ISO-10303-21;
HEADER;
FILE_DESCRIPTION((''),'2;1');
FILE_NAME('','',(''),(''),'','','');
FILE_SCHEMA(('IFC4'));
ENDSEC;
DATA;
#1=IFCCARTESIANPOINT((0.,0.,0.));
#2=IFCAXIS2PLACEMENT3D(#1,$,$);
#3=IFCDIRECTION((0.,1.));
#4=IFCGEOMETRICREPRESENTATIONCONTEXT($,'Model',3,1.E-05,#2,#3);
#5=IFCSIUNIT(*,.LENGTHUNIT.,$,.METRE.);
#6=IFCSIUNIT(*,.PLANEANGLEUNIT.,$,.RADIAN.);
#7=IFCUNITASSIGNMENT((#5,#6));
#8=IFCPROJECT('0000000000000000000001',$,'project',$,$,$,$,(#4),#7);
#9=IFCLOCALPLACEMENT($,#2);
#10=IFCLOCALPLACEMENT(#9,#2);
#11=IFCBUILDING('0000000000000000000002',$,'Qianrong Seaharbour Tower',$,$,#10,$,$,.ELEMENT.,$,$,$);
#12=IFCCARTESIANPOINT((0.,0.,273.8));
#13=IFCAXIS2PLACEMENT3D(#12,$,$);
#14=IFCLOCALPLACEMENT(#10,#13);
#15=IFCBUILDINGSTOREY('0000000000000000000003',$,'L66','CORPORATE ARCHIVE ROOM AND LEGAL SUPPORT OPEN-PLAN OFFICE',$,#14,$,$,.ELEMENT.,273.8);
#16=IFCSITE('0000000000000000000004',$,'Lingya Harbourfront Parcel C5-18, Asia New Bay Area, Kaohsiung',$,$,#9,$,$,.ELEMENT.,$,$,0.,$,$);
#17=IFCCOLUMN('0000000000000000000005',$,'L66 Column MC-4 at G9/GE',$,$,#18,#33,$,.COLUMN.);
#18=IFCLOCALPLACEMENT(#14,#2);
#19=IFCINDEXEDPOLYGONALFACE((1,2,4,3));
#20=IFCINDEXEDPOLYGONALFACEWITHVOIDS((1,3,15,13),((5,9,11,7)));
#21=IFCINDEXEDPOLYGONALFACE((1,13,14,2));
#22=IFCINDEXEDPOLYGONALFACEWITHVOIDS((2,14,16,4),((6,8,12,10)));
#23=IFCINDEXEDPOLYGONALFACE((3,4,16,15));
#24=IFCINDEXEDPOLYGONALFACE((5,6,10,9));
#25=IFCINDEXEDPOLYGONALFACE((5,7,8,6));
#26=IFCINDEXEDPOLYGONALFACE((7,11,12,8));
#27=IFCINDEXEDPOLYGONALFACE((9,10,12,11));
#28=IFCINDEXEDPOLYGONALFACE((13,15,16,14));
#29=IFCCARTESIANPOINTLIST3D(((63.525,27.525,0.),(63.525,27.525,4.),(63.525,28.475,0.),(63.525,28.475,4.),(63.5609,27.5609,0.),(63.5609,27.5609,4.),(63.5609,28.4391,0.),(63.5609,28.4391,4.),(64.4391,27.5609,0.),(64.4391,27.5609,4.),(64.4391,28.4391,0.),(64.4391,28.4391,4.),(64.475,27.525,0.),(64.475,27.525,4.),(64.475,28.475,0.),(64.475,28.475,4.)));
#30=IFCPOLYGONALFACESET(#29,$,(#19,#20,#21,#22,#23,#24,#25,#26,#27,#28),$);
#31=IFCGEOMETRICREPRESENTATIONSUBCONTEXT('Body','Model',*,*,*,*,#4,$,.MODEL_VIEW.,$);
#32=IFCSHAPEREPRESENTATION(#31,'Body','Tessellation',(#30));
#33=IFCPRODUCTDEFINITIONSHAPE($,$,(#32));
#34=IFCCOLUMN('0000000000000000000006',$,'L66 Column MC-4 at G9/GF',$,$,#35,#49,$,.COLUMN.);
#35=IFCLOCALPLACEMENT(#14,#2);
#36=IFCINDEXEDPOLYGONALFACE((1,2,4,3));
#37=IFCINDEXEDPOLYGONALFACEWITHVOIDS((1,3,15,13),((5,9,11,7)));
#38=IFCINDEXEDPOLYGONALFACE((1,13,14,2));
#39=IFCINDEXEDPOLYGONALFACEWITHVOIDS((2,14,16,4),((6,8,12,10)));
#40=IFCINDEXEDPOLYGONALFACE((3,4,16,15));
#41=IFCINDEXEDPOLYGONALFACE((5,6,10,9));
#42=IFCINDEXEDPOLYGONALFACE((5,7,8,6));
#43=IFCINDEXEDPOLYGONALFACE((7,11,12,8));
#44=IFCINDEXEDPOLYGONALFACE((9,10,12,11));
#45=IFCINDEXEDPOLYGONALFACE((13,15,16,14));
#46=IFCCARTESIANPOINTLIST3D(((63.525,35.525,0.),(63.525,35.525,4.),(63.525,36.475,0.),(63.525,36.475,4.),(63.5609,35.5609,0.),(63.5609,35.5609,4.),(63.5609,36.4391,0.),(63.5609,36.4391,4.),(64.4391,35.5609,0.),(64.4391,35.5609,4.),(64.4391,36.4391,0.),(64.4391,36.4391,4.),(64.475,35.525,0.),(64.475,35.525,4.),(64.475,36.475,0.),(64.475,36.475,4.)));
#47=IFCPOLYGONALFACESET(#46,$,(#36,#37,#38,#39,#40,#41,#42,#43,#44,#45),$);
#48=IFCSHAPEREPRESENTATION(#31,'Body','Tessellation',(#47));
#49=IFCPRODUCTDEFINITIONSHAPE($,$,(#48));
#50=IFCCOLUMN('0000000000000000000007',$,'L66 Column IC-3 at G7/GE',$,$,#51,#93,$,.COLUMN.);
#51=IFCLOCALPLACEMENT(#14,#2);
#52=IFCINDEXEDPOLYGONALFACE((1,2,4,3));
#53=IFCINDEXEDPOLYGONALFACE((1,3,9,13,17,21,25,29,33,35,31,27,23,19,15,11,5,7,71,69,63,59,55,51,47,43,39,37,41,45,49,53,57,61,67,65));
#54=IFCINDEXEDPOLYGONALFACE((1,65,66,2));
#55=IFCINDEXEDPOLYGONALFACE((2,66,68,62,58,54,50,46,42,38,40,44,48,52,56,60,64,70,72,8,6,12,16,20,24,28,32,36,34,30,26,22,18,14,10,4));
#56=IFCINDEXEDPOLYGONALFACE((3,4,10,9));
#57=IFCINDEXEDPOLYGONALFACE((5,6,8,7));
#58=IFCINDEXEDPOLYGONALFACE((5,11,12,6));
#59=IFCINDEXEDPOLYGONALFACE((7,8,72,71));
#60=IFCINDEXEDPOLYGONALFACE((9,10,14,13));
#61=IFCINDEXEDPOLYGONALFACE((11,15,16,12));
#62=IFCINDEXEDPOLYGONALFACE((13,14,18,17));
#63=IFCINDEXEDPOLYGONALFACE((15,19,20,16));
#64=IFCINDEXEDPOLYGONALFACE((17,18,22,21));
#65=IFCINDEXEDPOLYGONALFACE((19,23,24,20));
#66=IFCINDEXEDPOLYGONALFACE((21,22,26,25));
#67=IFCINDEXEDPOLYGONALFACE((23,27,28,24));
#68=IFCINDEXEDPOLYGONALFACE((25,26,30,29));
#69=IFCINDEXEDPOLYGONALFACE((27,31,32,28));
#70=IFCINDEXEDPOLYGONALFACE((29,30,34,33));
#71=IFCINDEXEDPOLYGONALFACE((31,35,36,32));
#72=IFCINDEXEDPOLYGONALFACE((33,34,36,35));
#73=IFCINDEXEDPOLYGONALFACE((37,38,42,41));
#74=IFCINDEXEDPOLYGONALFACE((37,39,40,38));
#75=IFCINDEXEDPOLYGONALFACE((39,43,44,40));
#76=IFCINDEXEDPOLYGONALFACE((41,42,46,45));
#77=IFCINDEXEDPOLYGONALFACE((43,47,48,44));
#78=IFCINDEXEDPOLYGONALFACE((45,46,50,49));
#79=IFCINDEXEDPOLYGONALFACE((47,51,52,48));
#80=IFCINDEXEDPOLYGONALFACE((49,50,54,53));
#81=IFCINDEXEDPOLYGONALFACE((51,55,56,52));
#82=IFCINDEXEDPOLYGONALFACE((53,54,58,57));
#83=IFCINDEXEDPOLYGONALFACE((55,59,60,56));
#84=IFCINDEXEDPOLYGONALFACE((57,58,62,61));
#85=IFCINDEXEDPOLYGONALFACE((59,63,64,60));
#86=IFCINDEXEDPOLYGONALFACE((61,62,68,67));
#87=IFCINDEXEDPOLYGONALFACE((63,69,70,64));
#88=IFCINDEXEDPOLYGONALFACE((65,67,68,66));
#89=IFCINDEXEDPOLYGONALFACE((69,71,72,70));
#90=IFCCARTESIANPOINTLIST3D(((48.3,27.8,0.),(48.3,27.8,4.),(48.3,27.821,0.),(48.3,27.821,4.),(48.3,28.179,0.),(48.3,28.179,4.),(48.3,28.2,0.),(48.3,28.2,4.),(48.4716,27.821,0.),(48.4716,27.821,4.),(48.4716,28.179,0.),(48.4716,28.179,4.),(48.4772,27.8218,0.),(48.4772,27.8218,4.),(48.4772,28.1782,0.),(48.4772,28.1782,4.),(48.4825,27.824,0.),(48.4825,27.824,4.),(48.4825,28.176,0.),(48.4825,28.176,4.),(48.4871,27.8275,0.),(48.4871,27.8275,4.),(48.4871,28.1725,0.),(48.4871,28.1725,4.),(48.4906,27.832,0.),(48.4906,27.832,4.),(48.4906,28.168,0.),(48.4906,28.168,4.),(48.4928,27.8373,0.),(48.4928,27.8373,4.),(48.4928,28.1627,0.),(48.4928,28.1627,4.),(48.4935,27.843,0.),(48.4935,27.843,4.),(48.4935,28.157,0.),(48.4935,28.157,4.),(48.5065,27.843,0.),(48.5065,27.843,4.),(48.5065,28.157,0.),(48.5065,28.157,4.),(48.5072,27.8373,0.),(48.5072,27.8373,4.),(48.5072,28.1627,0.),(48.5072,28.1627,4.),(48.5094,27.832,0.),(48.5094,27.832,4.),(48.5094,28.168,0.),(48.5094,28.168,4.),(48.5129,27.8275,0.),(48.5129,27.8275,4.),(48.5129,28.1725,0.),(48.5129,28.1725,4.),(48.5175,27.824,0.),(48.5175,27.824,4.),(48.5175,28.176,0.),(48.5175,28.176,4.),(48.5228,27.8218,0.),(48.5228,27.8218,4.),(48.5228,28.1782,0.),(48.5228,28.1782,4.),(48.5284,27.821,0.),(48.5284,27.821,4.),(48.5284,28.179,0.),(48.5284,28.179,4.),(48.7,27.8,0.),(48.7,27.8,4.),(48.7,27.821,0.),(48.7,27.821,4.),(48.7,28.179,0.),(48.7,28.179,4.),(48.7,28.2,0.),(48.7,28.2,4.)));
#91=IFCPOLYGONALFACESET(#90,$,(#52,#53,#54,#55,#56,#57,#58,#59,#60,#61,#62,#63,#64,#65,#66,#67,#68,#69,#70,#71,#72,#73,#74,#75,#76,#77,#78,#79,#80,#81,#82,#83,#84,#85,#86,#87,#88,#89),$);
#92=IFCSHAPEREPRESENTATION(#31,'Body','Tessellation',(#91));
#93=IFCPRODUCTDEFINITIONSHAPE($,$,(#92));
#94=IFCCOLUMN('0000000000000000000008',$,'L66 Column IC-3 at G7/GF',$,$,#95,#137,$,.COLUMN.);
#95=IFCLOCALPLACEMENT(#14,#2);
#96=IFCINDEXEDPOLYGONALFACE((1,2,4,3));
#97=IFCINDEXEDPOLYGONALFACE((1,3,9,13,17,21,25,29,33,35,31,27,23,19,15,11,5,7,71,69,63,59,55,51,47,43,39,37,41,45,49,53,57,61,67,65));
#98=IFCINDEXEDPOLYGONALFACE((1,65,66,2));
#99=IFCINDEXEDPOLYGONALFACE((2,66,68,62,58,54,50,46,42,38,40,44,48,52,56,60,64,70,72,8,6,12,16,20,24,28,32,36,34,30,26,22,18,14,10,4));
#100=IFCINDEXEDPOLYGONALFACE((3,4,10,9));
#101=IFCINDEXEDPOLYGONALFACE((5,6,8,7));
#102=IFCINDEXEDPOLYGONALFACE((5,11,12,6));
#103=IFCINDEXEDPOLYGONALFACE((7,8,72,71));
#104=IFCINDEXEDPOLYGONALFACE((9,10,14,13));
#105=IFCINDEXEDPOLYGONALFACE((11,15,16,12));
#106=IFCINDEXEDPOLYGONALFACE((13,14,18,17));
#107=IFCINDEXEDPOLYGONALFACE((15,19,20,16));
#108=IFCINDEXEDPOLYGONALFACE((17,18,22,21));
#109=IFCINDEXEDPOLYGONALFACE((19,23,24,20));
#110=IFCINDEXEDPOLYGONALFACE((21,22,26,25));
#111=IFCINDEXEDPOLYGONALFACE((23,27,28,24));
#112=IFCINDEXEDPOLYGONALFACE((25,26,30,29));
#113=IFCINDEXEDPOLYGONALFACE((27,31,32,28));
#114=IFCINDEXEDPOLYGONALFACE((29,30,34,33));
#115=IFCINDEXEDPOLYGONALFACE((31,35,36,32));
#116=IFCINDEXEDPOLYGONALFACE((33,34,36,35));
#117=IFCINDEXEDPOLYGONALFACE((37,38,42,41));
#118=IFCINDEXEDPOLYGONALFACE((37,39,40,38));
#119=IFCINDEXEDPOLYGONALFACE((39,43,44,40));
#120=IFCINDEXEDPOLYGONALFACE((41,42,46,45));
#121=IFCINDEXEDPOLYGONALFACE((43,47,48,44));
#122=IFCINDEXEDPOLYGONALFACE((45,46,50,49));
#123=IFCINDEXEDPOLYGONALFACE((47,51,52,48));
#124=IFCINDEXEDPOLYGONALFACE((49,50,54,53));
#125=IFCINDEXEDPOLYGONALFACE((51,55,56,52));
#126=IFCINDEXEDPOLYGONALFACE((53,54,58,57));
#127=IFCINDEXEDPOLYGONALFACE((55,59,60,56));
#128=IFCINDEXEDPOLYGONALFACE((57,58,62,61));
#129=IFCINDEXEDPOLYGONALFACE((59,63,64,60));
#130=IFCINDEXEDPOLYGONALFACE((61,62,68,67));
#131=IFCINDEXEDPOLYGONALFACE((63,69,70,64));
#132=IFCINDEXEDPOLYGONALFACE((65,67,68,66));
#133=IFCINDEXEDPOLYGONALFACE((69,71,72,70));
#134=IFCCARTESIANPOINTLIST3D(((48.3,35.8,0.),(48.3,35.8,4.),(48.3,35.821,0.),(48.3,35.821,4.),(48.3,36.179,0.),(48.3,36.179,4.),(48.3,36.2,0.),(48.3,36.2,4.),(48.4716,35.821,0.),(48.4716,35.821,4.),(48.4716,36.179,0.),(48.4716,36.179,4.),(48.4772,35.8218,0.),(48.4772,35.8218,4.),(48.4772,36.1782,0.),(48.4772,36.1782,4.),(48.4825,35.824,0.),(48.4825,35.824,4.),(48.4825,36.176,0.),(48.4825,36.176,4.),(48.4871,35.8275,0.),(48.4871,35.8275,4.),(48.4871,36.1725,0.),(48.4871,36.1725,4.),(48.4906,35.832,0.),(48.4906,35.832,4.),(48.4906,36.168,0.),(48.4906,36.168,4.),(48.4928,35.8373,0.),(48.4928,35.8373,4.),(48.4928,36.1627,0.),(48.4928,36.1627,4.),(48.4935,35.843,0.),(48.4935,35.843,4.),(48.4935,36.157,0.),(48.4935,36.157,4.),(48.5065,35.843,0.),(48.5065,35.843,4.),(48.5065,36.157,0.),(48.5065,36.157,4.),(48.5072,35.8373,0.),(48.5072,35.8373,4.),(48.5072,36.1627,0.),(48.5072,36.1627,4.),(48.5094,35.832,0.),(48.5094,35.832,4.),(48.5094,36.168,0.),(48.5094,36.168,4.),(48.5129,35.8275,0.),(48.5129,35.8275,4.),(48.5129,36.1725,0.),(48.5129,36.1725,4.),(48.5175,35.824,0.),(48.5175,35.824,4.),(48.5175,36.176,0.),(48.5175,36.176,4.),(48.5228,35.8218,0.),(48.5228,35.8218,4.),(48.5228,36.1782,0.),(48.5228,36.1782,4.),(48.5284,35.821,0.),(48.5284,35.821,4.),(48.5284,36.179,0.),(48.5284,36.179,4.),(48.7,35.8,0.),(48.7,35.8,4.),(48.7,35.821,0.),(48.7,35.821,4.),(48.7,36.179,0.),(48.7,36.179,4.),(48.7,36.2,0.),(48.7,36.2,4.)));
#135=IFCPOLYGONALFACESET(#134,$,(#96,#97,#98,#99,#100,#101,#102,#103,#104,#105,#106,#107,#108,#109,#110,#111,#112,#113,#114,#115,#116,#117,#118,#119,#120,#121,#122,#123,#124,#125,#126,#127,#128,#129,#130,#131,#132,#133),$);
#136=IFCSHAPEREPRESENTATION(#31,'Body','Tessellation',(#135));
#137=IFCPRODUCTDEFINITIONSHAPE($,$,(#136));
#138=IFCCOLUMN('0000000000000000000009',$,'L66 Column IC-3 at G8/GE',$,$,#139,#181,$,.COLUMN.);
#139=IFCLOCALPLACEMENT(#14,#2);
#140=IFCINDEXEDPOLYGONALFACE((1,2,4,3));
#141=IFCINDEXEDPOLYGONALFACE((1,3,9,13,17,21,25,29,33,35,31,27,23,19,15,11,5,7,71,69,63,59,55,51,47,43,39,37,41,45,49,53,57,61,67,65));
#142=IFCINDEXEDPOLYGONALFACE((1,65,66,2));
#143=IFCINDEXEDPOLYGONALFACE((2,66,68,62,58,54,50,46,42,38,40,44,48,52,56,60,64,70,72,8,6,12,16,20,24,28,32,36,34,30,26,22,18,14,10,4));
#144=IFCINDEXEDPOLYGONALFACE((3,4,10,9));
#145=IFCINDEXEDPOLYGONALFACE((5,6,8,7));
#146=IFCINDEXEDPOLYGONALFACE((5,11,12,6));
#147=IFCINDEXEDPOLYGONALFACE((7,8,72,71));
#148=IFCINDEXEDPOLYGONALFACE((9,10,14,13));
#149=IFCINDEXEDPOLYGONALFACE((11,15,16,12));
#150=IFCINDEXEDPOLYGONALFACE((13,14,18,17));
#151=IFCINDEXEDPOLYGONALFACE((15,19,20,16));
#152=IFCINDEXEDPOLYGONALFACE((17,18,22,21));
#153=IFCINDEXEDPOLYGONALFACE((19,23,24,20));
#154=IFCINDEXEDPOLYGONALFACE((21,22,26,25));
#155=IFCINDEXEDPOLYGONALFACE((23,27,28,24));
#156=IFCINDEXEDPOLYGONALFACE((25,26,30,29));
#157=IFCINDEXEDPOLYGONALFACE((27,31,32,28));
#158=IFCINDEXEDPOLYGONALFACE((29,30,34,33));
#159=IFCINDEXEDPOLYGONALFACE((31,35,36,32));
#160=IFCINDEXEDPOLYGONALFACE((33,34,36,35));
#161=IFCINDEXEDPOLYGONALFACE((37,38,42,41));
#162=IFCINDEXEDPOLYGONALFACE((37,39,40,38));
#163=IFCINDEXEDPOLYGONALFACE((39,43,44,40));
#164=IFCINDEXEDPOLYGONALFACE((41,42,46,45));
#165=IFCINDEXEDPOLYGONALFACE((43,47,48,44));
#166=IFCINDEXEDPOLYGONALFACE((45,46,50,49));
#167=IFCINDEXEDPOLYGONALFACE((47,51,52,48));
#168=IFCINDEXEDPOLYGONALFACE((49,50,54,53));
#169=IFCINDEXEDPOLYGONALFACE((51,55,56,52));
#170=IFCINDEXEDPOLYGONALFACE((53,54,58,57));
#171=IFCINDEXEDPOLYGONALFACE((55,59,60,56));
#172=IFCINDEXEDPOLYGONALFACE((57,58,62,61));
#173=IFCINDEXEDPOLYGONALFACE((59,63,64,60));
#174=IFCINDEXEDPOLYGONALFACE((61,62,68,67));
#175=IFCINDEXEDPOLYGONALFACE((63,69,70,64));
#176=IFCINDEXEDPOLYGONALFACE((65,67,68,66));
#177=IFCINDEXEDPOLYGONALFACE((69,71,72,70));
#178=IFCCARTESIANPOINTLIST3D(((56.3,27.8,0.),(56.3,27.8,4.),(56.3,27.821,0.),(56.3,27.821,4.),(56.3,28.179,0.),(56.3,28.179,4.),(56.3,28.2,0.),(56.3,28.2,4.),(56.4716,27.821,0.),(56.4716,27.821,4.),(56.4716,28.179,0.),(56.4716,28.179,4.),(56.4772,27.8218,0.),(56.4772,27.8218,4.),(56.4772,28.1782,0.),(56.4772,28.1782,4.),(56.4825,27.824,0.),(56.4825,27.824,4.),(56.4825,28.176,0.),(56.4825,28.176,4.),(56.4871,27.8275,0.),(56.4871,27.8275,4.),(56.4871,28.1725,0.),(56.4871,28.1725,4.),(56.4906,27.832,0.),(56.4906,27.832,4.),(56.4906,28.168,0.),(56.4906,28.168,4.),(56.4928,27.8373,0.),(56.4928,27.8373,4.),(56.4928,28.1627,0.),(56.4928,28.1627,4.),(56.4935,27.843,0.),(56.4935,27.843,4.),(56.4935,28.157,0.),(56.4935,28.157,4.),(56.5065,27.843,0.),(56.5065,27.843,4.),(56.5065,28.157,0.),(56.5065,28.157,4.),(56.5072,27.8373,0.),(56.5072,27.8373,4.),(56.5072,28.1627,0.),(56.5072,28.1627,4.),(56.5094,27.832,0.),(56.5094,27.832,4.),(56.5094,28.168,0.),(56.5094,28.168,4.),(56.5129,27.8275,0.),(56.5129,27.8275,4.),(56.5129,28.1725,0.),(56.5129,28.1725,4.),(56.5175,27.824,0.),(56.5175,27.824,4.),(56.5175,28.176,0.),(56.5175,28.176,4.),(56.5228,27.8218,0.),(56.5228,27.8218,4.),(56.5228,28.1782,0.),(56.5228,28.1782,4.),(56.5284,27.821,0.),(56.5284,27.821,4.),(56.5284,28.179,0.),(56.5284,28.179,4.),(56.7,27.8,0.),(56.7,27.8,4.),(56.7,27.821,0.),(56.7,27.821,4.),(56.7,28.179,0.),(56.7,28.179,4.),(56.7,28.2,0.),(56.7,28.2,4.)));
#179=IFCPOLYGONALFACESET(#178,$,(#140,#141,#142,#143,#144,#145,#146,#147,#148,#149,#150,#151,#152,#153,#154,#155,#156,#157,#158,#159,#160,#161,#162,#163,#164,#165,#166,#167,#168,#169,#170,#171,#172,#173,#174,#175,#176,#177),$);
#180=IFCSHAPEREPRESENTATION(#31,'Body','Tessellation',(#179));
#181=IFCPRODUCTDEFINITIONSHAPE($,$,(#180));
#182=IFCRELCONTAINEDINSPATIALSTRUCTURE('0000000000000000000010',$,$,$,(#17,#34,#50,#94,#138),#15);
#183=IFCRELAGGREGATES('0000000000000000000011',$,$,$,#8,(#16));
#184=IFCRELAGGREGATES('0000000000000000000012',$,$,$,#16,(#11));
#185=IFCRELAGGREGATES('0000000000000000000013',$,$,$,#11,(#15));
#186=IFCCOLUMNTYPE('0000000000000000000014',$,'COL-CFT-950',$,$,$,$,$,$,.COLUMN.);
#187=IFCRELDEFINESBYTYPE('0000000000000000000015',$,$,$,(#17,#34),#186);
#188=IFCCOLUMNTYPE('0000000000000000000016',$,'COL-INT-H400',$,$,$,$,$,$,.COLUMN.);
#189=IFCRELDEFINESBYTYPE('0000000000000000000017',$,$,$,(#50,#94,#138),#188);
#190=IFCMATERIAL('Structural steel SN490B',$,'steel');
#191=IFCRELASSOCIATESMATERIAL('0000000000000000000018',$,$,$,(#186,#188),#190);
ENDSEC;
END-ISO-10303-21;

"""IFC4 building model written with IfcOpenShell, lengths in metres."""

from ifc_helpers import new_model, si_unit, direction, frame, origin, origin_2d, place, context, subcontext, project, spatial, hollow_rectangle, i_section, extrude, material, material_profile, profile_set, type_object, element, save


model = new_model("IFC4")

# Units and contexts
model_context = context("Model", 3, precision=1e-05, world=origin(), true_north=direction((0.0, 1.0)))
body_context = subcontext(model_context, "Body", "Model", "MODEL_VIEW")
ifc_project = project(units=[si_unit("LENGTHUNIT", "METRE"), si_unit("PLANEANGLEUNIT", "RADIAN")], contexts=[model_context])

# Site, building, storey
site_placement = place(None, origin())
site = spatial("IfcSite", under=ifc_project, at=site_placement, Name="Lingya Harbourfront Parcel C5-18, Asia New Bay Area, Kaohsiung", CompositionType="ELEMENT", RefElevation=0.0)
building_placement = place(site_placement, origin())
building = spatial("IfcBuilding", under=site, at=building_placement, Name="Qianrong Seaharbour Tower", CompositionType="ELEMENT")
storey_placement = place(building_placement, frame((0.0, 0.0, 273.8)))
storey = spatial("IfcBuildingStorey", under=building, at=storey_placement, Name="L66", Description="CORPORATE ARCHIVE ROOM AND LEGAL SUPPORT OPEN-PLAN OFFICE", CompositionType="ELEMENT", Elevation=273.8)

# Columns
ifc_material_1 = material(Name="Structural steel SN490B", Category="steel")
ifc_material_profile_1 = material_profile(ifc_material_1, hollow_rectangle(XDim=0.95, YDim=0.95, WallThickness=0.0359, at=origin_2d()), Name="BOX950x950x36")
ifc_profile_set_1 = profile_set([ifc_material_profile_1], Name="Structural steel SN490B")
column_type_1 = type_object("IfcColumnType", Name="COL-CFT-950", PredefinedType="COLUMN", material=ifc_profile_set_1)
for number, where, z_axis, x_axis, name in (
    (1, (64.0, 28.0, 0.0), (0.0, 0.0, 1.0), (1.0, 0.0, 0.0), "L66 Column MC-4 at G9/GE"),
    (2, (64.0, 36.0, 0.0), (0.0, 0.0, 1.0), (1.0, 0.0, 0.0), "L66 Column MC-4 at G9/GF"),
):
    element("IfcColumn", number, at=place(storey_placement, frame(where, z_axis=z_axis, x_axis=x_axis)), inside=storey, type_object=column_type_1, Name=name, PredefinedType="COLUMN", context=body_context, shape_type="SweptSolid", body=[
        extrude(hollow_rectangle(XDim=0.95, YDim=0.95, WallThickness=0.0359, at=origin_2d()), origin(), (0.0, 0.0, 1.0), 4.0),
    ])
ifc_material_profile_2 = material_profile(ifc_material_1, i_section(OverallWidth=0.3999, OverallDepth=0.3999, WebThickness=0.0129, FlangeThickness=0.021, FilletRadius=0.022, at=origin_2d()), Name="H400x400x13x21")
ifc_profile_set_2 = profile_set([ifc_material_profile_2], Name="Structural steel SN490B")
column_type_2 = type_object("IfcColumnType", Name="COL-INT-H400", PredefinedType="COLUMN", material=ifc_profile_set_2)
for number, where, z_axis, x_axis, name in (
    (3, (48.5, 28.0, 0.0), (0.0, 0.0, 1.0), (1.0, 0.0, 0.0), "L66 Column IC-3 at G7/GE"),
    (4, (48.5, 36.0, 0.0), (0.0, 0.0, 1.0), (1.0, 0.0, 0.0), "L66 Column IC-3 at G7/GF"),
    (5, (56.5, 28.0, 0.0), (0.0, 0.0, 1.0), (1.0, 0.0, 0.0), "L66 Column IC-3 at G8/GE"),
):
    element("IfcColumn", number, at=place(storey_placement, frame(where, z_axis=z_axis, x_axis=x_axis)), inside=storey, type_object=column_type_2, Name=name, PredefinedType="COLUMN", context=body_context, shape_type="SweptSolid", body=[
        extrude(i_section(OverallWidth=0.3999, OverallDepth=0.3999, WebThickness=0.0129, FlangeThickness=0.021, FilletRadius=0.022, at=origin_2d()), origin(), (0.0, 0.0, 1.0), 4.0),
    ])

save(model, "model.ifc")
